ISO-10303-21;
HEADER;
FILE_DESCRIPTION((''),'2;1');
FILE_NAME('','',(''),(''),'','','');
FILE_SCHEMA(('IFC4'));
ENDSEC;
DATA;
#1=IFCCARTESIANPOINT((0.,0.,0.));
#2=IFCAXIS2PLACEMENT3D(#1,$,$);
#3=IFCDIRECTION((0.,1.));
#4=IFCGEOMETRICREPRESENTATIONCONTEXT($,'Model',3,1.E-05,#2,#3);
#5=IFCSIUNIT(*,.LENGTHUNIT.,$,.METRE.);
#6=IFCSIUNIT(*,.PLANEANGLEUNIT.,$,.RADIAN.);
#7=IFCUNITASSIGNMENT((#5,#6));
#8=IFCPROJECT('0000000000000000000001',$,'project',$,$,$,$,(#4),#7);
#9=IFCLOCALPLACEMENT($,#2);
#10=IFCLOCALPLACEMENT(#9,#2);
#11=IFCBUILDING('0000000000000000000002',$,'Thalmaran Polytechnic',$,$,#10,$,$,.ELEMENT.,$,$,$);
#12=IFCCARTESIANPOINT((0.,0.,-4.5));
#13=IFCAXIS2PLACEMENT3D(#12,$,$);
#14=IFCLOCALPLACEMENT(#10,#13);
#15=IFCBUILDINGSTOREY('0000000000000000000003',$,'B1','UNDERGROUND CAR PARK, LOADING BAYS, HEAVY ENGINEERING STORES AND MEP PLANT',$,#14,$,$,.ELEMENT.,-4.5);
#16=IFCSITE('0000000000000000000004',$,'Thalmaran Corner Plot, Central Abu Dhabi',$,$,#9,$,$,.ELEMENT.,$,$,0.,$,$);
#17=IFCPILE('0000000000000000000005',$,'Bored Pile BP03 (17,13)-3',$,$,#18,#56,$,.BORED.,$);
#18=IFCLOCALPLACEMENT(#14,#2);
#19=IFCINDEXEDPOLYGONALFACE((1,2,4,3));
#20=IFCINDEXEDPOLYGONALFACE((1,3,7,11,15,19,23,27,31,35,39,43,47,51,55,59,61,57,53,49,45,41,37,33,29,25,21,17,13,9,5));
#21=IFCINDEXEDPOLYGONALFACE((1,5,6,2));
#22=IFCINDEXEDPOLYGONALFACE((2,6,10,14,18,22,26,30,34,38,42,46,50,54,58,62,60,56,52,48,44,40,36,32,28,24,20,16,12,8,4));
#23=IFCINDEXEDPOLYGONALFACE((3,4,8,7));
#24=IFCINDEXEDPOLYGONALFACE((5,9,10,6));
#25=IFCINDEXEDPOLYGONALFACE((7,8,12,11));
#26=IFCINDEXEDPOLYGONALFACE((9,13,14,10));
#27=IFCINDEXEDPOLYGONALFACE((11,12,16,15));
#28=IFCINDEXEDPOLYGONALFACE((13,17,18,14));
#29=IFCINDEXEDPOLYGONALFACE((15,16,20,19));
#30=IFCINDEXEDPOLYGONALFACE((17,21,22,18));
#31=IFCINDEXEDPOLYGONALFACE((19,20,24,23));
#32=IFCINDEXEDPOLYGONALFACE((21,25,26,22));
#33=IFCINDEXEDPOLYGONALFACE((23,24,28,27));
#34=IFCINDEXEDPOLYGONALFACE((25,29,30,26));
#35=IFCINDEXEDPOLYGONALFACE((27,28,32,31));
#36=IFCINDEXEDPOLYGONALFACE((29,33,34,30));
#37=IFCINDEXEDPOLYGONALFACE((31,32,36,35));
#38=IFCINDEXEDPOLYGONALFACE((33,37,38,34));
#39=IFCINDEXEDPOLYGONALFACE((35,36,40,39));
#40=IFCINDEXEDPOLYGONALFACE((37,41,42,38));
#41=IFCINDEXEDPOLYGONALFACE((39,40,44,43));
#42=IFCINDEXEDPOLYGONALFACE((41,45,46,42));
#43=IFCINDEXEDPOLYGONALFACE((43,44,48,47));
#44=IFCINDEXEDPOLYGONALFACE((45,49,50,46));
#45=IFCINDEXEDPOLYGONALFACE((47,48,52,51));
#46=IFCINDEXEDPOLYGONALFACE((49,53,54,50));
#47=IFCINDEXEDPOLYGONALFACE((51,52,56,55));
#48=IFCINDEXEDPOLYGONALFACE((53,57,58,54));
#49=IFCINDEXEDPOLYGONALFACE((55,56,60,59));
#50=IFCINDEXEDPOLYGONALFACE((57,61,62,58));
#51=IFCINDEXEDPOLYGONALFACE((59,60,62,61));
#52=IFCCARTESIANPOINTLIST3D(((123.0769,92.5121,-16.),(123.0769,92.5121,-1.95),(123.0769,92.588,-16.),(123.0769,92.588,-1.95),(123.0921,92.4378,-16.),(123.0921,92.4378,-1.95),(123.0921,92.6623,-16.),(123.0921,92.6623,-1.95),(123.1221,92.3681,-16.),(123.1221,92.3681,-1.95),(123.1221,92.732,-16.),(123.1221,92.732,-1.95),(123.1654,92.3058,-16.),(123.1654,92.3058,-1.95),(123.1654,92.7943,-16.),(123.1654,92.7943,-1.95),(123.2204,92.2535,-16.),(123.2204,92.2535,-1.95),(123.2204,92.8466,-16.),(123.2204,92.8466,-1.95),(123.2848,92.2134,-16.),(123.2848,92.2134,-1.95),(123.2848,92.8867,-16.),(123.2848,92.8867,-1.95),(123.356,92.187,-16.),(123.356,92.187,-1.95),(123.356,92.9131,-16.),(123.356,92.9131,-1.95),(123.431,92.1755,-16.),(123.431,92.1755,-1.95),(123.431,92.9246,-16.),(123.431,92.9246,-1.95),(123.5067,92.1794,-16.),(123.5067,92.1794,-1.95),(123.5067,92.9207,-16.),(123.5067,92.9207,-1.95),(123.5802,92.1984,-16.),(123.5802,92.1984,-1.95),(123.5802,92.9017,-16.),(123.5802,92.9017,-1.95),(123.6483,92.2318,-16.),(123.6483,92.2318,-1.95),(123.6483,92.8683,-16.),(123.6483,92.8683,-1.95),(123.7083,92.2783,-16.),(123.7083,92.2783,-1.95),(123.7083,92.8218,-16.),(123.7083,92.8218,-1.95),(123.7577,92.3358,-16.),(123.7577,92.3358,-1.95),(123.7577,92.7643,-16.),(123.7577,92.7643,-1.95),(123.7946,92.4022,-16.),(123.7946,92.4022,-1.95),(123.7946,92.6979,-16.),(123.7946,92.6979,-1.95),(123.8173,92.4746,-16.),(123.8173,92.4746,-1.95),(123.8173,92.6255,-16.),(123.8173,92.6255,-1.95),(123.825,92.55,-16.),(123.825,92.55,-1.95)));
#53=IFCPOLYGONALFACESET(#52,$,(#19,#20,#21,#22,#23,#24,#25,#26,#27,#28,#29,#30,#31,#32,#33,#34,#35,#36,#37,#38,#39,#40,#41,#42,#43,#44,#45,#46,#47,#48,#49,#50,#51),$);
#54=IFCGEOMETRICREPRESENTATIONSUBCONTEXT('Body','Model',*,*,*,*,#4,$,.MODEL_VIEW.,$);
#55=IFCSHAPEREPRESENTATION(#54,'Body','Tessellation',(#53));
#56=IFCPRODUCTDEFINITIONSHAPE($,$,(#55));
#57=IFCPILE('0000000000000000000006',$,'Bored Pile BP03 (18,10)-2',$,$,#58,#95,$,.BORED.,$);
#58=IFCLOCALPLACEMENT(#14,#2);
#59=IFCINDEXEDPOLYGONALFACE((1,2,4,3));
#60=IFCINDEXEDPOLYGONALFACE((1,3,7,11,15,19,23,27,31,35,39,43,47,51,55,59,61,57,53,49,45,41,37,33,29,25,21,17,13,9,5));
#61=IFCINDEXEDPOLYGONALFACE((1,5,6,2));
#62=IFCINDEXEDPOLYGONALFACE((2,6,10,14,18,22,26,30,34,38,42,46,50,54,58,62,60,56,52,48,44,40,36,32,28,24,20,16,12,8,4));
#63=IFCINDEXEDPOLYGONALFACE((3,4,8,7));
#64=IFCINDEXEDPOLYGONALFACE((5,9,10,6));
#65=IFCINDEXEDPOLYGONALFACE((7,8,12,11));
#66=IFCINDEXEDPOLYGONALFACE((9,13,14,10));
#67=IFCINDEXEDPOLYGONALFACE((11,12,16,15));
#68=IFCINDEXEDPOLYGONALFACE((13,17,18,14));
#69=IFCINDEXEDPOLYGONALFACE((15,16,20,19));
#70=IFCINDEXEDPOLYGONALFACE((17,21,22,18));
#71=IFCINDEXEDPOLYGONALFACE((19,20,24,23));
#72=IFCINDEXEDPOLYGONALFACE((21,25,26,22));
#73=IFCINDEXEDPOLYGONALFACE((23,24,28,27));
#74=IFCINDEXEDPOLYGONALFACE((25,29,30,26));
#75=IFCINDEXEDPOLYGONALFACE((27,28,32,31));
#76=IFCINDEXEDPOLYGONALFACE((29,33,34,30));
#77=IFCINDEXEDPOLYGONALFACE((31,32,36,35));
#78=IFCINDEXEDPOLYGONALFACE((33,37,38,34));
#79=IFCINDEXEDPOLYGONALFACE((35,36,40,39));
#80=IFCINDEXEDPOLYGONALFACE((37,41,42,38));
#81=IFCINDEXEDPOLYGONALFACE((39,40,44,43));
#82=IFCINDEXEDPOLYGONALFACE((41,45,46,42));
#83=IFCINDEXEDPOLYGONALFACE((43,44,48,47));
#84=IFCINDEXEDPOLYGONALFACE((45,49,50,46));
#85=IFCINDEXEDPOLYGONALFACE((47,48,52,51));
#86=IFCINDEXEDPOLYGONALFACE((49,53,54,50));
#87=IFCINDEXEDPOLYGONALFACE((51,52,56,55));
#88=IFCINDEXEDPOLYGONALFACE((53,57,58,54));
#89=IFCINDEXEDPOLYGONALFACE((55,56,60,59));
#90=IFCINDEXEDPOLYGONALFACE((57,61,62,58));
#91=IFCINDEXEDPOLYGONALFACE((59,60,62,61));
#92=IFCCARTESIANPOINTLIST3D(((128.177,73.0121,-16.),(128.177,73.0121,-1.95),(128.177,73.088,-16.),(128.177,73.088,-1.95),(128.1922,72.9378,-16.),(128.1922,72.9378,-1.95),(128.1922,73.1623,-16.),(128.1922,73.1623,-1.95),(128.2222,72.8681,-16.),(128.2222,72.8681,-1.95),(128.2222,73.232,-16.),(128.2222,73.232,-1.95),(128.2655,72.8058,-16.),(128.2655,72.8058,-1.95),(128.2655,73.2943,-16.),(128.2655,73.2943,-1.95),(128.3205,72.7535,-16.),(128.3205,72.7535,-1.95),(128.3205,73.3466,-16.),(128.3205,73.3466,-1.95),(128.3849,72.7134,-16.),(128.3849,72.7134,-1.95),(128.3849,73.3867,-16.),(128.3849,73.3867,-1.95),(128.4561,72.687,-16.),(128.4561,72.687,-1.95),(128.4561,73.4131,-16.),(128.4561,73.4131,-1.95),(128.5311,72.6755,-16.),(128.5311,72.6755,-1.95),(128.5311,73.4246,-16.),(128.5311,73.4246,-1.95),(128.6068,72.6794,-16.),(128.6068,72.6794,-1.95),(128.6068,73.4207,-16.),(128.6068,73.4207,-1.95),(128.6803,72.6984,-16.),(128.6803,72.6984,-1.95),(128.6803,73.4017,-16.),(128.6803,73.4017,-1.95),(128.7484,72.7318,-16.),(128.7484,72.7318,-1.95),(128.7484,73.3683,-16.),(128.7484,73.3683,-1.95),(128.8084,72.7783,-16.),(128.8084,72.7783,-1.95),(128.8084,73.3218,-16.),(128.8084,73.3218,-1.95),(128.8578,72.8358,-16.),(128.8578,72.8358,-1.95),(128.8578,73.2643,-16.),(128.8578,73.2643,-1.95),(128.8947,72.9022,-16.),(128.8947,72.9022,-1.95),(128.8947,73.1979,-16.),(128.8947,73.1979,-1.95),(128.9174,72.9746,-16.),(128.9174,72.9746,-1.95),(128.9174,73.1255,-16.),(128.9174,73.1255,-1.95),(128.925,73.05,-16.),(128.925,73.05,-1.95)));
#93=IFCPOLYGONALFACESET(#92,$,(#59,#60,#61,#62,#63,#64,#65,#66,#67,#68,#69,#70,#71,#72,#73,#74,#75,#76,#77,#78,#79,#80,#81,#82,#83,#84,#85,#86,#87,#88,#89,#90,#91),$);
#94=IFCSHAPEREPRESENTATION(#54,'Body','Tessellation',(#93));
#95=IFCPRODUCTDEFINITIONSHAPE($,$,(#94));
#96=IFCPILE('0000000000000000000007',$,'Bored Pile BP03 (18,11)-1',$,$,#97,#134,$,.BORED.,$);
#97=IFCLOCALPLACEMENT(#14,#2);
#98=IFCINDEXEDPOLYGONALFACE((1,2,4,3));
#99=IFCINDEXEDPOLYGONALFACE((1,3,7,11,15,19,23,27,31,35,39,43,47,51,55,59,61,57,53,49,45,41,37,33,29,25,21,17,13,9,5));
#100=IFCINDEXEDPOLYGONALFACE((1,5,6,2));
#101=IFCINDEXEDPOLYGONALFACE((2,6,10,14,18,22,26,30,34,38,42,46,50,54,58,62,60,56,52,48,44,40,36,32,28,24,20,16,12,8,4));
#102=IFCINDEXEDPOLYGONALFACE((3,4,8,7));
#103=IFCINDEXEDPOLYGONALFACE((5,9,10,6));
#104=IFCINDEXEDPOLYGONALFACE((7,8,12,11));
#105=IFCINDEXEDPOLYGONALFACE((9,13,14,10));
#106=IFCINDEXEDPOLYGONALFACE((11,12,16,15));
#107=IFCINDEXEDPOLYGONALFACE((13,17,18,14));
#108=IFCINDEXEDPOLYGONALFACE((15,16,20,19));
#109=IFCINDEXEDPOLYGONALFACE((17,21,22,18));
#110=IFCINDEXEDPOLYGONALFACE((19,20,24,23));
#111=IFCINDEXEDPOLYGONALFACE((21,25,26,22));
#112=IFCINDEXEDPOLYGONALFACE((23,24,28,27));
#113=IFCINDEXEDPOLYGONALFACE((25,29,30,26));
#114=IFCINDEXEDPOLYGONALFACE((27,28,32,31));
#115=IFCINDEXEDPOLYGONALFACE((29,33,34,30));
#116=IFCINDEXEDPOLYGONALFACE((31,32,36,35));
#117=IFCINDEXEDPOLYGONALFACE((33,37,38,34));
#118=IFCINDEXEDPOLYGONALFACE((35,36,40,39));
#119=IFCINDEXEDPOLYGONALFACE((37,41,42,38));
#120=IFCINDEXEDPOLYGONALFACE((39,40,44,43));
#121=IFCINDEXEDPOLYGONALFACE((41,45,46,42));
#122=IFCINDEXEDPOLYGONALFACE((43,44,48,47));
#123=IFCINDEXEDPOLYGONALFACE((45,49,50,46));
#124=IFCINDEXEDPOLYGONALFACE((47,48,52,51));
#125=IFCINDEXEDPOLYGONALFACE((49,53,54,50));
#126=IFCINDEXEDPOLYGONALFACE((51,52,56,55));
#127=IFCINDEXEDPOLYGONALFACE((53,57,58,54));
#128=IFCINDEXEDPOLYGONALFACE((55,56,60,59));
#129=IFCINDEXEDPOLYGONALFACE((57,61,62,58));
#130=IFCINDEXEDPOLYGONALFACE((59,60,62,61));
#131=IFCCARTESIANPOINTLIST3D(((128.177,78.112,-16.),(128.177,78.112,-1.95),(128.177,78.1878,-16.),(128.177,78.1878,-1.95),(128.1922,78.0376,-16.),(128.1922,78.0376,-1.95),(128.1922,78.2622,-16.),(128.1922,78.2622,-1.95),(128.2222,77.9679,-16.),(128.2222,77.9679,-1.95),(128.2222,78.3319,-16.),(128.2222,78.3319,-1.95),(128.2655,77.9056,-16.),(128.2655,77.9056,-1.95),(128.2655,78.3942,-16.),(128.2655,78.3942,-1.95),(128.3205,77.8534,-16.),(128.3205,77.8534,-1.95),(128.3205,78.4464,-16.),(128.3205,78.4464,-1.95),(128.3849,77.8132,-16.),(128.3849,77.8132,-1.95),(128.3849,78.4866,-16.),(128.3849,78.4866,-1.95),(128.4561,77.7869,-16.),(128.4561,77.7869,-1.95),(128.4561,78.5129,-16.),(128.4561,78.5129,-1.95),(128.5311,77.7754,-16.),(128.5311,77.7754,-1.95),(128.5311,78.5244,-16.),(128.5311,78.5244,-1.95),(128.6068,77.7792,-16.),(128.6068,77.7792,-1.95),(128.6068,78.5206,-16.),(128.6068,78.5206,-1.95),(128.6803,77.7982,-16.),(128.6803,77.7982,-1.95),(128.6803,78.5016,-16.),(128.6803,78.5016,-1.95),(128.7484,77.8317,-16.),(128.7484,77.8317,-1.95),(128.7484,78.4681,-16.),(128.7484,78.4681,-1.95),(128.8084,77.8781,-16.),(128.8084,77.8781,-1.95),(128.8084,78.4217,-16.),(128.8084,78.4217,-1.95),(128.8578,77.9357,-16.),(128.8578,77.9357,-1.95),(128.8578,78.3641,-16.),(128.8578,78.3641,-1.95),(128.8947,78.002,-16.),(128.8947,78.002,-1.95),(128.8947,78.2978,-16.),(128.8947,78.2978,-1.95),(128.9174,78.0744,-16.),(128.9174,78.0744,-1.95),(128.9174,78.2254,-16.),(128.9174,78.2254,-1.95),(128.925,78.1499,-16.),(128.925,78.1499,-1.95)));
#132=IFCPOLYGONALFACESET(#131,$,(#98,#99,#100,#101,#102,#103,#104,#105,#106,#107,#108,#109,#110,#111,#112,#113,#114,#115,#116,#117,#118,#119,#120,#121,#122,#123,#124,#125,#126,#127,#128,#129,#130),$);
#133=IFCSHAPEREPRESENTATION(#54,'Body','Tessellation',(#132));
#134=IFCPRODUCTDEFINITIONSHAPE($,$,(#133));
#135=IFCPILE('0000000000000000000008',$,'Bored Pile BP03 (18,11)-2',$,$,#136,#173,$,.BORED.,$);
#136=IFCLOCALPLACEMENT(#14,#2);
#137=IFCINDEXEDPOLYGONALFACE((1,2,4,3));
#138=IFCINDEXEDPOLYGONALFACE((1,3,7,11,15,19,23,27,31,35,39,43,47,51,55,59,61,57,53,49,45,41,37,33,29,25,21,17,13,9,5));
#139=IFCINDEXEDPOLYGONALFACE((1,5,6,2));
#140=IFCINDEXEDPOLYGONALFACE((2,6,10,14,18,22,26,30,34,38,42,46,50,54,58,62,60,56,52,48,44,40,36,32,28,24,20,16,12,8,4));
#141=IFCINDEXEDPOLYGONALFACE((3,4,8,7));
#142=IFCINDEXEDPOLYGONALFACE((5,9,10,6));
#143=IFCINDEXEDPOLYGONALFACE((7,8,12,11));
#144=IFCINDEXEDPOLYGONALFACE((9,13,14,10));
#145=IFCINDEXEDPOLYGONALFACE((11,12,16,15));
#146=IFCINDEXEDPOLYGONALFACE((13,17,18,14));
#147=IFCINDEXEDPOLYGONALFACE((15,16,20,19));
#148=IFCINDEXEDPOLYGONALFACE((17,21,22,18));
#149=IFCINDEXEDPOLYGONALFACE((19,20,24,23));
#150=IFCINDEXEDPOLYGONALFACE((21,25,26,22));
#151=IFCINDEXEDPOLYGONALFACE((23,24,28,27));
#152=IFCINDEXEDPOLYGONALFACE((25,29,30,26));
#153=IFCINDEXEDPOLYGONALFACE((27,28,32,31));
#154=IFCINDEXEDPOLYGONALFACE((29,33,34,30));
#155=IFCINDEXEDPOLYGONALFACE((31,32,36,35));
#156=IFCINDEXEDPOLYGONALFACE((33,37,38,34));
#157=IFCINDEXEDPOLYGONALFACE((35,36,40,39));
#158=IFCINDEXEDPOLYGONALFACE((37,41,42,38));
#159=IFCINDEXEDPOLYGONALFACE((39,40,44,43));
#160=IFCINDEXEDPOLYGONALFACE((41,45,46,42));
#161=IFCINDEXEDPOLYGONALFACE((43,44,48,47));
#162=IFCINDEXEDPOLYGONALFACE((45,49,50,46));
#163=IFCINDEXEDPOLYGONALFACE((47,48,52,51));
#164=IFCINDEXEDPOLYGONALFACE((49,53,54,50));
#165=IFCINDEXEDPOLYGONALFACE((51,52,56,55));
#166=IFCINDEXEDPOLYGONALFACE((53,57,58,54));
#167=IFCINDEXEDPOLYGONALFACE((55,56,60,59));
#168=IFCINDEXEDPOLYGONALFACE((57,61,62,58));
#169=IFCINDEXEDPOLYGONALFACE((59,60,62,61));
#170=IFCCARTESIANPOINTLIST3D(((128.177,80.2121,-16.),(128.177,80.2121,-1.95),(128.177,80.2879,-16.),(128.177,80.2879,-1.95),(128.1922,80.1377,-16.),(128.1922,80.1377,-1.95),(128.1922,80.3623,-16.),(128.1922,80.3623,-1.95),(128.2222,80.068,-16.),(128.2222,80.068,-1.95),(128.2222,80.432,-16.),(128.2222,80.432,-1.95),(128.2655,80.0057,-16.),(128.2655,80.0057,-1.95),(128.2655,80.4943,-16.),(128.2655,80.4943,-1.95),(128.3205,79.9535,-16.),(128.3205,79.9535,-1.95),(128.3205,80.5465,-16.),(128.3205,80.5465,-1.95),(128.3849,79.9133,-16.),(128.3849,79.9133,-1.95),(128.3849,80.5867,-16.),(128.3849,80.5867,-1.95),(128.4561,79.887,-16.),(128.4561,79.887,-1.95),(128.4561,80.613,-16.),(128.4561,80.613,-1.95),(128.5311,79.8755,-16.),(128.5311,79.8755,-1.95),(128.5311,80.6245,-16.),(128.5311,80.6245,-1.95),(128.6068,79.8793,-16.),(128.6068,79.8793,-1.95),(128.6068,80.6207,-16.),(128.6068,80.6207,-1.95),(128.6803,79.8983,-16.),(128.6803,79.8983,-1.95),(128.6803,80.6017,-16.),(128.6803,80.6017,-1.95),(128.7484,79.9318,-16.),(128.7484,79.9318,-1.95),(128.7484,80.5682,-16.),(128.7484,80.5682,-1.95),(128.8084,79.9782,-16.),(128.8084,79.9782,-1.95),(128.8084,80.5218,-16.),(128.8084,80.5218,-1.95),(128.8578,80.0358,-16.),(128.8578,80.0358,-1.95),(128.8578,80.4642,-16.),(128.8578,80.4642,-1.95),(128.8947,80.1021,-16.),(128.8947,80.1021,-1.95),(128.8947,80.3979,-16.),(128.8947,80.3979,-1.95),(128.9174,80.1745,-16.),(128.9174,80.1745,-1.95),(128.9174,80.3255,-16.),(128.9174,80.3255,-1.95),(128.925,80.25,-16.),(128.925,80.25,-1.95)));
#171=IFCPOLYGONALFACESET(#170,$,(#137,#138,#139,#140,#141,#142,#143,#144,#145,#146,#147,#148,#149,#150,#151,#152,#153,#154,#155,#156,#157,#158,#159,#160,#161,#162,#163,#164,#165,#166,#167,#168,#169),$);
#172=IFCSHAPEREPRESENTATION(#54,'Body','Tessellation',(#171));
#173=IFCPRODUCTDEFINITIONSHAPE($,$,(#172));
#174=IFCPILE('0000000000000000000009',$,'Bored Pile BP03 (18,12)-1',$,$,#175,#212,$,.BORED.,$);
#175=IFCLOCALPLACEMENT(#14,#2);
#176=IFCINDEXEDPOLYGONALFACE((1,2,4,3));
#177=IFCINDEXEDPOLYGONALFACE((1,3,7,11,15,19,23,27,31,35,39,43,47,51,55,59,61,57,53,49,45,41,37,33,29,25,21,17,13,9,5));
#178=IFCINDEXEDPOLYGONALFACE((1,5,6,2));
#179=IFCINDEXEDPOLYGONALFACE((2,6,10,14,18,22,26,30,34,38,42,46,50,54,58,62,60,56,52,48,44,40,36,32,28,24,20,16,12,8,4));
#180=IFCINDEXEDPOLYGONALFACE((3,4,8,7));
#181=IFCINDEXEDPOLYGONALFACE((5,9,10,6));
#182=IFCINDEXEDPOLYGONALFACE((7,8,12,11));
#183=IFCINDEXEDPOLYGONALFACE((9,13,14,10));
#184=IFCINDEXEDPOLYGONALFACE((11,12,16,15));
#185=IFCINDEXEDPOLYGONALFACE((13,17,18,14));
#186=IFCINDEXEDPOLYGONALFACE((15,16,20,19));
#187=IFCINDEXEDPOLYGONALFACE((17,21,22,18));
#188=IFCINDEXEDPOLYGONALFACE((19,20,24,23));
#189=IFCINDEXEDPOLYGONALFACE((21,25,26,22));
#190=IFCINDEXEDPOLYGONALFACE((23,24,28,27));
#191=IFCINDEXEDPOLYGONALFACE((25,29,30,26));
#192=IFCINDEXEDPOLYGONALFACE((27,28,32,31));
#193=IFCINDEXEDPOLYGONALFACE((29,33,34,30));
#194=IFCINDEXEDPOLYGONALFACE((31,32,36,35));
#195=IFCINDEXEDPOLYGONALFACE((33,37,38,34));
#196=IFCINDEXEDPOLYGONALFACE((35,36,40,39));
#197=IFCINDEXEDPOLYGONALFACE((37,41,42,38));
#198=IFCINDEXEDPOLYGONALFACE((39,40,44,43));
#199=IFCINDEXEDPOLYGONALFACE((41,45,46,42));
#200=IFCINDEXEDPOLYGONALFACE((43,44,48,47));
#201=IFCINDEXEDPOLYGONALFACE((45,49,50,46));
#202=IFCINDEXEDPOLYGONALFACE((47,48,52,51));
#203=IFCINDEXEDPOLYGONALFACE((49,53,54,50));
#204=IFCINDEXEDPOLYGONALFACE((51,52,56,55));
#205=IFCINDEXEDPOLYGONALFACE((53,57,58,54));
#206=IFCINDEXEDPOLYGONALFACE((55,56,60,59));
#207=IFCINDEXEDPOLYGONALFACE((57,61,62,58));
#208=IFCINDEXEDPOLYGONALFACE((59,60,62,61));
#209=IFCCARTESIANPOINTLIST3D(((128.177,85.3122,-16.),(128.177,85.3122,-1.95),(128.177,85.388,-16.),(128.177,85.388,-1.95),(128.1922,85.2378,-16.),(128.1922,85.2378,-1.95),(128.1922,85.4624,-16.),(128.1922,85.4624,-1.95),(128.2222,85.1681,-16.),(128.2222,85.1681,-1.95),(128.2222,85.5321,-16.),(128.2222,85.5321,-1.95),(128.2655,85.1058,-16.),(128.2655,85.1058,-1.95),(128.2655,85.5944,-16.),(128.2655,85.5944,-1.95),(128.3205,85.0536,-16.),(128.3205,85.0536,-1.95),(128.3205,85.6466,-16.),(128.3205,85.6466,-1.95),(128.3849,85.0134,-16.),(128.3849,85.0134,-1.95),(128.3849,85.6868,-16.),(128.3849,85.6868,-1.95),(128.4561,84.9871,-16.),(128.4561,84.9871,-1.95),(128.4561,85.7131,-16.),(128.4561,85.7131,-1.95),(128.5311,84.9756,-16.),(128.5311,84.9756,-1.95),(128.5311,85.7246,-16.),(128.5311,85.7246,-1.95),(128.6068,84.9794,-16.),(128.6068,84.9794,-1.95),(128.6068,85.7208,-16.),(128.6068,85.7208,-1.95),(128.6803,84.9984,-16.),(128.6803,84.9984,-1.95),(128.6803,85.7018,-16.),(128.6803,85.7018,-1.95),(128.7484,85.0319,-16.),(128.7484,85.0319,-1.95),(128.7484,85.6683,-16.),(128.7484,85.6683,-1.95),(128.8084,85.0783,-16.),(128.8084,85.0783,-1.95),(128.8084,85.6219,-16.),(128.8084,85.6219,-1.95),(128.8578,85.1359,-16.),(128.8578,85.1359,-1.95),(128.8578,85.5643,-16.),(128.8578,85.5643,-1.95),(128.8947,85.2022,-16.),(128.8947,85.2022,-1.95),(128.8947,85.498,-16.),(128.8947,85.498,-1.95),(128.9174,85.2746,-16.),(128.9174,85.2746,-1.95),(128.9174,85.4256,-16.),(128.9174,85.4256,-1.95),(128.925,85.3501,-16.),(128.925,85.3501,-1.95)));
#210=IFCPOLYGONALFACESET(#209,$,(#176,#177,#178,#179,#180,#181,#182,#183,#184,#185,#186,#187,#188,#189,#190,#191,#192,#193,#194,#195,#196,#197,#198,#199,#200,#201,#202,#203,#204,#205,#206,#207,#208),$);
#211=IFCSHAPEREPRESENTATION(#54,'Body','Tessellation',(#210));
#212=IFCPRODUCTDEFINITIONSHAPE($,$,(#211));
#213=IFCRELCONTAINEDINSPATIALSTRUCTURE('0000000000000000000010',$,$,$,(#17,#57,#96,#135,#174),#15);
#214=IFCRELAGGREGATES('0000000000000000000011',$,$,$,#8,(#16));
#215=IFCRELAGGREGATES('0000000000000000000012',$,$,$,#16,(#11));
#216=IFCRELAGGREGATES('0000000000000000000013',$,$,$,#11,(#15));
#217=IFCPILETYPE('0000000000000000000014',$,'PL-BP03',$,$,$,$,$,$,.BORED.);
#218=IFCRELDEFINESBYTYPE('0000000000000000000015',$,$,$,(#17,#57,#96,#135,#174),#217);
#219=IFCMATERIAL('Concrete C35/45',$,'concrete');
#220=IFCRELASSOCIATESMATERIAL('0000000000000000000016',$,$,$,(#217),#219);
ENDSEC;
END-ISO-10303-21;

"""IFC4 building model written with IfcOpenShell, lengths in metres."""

from ifc_helpers import new_model, si_unit, direction, frame, origin, origin_2d, place, context, subcontext, project, spatial, circle, extrude, material, material_profile, profile_set, type_object, element, save


model = new_model("IFC4")

# Units and contexts
model_context = context("Model", 3, precision=1e-05, world=origin(), true_north=direction((0.0, 1.0)))
body_context = subcontext(model_context, "Body", "Model", "MODEL_VIEW")
ifc_project = project(units=[si_unit("LENGTHUNIT", "METRE"), si_unit("PLANEANGLEUNIT", "RADIAN")], contexts=[model_context])

# Site, building, storey
site_placement = place(None, origin())
site = spatial("IfcSite", under=ifc_project, at=site_placement, Name="Thalmaran Corner Plot, Central Abu Dhabi", CompositionType="ELEMENT", RefElevation=0.0)
building_placement = place(site_placement, origin())
building = spatial("IfcBuilding", under=site, at=building_placement, Name="Thalmaran Polytechnic", CompositionType="ELEMENT")
storey_placement = place(building_placement, frame((0.0, 0.0, -4.5)))
storey = spatial("IfcBuildingStorey", under=building, at=storey_placement, Name="B1", Description="UNDERGROUND CAR PARK, LOADING BAYS, HEAVY ENGINEERING STORES AND MEP PLANT", CompositionType="ELEMENT", Elevation=-4.5)

# Piles
ifc_material_1 = material(Name="Concrete C35/45", Category="concrete")
ifc_material_profile_1 = material_profile(ifc_material_1, circle(Radius=0.375, at=origin_2d()), Name="RC 750 DIA")
ifc_profile_set_1 = profile_set([ifc_material_profile_1], Name="Concrete C35/45")
pile_type = type_object("IfcPileType", Name="PL-BP03", PredefinedType="BORED", material=ifc_profile_set_1)
for number, where, z_axis, x_axis, name in (
    (1, (123.45, 92.55, -1.95), (0.0, 0.0, -1.0), (1.0, 0.0, 0.0), "Bored Pile BP03 (17,13)-3"),
    (2, (128.55, 73.05, -1.95), (0.0, 0.0, -1.0), (1.0, 0.0, 0.0), "Bored Pile BP03 (18,10)-2"),
    (3, (128.55, 78.1499, -1.95), (0.0, 0.0, -1.0), (1.0, 0.0, 0.0), "Bored Pile BP03 (18,11)-1"),
    (4, (128.55, 80.25, -1.95), (0.0, 0.0, -1.0), (1.0, 0.0, 0.0), "Bored Pile BP03 (18,11)-2"),
    (5, (128.55, 85.3501, -1.95), (0.0, 0.0, -1.0), (1.0, 0.0, 0.0), "Bored Pile BP03 (18,12)-1"),
):
    element("IfcPile", number, at=place(storey_placement, frame(where, z_axis=z_axis, x_axis=x_axis)), inside=storey, type_object=pile_type, Name=name, PredefinedType="BORED", context=body_context, shape_type="SweptSolid", body=[
        extrude(circle(Radius=0.375, at=origin_2d()), origin(), (0.0, 0.0, 1.0), 14.05),
    ])

save(model, "model.ifc")
